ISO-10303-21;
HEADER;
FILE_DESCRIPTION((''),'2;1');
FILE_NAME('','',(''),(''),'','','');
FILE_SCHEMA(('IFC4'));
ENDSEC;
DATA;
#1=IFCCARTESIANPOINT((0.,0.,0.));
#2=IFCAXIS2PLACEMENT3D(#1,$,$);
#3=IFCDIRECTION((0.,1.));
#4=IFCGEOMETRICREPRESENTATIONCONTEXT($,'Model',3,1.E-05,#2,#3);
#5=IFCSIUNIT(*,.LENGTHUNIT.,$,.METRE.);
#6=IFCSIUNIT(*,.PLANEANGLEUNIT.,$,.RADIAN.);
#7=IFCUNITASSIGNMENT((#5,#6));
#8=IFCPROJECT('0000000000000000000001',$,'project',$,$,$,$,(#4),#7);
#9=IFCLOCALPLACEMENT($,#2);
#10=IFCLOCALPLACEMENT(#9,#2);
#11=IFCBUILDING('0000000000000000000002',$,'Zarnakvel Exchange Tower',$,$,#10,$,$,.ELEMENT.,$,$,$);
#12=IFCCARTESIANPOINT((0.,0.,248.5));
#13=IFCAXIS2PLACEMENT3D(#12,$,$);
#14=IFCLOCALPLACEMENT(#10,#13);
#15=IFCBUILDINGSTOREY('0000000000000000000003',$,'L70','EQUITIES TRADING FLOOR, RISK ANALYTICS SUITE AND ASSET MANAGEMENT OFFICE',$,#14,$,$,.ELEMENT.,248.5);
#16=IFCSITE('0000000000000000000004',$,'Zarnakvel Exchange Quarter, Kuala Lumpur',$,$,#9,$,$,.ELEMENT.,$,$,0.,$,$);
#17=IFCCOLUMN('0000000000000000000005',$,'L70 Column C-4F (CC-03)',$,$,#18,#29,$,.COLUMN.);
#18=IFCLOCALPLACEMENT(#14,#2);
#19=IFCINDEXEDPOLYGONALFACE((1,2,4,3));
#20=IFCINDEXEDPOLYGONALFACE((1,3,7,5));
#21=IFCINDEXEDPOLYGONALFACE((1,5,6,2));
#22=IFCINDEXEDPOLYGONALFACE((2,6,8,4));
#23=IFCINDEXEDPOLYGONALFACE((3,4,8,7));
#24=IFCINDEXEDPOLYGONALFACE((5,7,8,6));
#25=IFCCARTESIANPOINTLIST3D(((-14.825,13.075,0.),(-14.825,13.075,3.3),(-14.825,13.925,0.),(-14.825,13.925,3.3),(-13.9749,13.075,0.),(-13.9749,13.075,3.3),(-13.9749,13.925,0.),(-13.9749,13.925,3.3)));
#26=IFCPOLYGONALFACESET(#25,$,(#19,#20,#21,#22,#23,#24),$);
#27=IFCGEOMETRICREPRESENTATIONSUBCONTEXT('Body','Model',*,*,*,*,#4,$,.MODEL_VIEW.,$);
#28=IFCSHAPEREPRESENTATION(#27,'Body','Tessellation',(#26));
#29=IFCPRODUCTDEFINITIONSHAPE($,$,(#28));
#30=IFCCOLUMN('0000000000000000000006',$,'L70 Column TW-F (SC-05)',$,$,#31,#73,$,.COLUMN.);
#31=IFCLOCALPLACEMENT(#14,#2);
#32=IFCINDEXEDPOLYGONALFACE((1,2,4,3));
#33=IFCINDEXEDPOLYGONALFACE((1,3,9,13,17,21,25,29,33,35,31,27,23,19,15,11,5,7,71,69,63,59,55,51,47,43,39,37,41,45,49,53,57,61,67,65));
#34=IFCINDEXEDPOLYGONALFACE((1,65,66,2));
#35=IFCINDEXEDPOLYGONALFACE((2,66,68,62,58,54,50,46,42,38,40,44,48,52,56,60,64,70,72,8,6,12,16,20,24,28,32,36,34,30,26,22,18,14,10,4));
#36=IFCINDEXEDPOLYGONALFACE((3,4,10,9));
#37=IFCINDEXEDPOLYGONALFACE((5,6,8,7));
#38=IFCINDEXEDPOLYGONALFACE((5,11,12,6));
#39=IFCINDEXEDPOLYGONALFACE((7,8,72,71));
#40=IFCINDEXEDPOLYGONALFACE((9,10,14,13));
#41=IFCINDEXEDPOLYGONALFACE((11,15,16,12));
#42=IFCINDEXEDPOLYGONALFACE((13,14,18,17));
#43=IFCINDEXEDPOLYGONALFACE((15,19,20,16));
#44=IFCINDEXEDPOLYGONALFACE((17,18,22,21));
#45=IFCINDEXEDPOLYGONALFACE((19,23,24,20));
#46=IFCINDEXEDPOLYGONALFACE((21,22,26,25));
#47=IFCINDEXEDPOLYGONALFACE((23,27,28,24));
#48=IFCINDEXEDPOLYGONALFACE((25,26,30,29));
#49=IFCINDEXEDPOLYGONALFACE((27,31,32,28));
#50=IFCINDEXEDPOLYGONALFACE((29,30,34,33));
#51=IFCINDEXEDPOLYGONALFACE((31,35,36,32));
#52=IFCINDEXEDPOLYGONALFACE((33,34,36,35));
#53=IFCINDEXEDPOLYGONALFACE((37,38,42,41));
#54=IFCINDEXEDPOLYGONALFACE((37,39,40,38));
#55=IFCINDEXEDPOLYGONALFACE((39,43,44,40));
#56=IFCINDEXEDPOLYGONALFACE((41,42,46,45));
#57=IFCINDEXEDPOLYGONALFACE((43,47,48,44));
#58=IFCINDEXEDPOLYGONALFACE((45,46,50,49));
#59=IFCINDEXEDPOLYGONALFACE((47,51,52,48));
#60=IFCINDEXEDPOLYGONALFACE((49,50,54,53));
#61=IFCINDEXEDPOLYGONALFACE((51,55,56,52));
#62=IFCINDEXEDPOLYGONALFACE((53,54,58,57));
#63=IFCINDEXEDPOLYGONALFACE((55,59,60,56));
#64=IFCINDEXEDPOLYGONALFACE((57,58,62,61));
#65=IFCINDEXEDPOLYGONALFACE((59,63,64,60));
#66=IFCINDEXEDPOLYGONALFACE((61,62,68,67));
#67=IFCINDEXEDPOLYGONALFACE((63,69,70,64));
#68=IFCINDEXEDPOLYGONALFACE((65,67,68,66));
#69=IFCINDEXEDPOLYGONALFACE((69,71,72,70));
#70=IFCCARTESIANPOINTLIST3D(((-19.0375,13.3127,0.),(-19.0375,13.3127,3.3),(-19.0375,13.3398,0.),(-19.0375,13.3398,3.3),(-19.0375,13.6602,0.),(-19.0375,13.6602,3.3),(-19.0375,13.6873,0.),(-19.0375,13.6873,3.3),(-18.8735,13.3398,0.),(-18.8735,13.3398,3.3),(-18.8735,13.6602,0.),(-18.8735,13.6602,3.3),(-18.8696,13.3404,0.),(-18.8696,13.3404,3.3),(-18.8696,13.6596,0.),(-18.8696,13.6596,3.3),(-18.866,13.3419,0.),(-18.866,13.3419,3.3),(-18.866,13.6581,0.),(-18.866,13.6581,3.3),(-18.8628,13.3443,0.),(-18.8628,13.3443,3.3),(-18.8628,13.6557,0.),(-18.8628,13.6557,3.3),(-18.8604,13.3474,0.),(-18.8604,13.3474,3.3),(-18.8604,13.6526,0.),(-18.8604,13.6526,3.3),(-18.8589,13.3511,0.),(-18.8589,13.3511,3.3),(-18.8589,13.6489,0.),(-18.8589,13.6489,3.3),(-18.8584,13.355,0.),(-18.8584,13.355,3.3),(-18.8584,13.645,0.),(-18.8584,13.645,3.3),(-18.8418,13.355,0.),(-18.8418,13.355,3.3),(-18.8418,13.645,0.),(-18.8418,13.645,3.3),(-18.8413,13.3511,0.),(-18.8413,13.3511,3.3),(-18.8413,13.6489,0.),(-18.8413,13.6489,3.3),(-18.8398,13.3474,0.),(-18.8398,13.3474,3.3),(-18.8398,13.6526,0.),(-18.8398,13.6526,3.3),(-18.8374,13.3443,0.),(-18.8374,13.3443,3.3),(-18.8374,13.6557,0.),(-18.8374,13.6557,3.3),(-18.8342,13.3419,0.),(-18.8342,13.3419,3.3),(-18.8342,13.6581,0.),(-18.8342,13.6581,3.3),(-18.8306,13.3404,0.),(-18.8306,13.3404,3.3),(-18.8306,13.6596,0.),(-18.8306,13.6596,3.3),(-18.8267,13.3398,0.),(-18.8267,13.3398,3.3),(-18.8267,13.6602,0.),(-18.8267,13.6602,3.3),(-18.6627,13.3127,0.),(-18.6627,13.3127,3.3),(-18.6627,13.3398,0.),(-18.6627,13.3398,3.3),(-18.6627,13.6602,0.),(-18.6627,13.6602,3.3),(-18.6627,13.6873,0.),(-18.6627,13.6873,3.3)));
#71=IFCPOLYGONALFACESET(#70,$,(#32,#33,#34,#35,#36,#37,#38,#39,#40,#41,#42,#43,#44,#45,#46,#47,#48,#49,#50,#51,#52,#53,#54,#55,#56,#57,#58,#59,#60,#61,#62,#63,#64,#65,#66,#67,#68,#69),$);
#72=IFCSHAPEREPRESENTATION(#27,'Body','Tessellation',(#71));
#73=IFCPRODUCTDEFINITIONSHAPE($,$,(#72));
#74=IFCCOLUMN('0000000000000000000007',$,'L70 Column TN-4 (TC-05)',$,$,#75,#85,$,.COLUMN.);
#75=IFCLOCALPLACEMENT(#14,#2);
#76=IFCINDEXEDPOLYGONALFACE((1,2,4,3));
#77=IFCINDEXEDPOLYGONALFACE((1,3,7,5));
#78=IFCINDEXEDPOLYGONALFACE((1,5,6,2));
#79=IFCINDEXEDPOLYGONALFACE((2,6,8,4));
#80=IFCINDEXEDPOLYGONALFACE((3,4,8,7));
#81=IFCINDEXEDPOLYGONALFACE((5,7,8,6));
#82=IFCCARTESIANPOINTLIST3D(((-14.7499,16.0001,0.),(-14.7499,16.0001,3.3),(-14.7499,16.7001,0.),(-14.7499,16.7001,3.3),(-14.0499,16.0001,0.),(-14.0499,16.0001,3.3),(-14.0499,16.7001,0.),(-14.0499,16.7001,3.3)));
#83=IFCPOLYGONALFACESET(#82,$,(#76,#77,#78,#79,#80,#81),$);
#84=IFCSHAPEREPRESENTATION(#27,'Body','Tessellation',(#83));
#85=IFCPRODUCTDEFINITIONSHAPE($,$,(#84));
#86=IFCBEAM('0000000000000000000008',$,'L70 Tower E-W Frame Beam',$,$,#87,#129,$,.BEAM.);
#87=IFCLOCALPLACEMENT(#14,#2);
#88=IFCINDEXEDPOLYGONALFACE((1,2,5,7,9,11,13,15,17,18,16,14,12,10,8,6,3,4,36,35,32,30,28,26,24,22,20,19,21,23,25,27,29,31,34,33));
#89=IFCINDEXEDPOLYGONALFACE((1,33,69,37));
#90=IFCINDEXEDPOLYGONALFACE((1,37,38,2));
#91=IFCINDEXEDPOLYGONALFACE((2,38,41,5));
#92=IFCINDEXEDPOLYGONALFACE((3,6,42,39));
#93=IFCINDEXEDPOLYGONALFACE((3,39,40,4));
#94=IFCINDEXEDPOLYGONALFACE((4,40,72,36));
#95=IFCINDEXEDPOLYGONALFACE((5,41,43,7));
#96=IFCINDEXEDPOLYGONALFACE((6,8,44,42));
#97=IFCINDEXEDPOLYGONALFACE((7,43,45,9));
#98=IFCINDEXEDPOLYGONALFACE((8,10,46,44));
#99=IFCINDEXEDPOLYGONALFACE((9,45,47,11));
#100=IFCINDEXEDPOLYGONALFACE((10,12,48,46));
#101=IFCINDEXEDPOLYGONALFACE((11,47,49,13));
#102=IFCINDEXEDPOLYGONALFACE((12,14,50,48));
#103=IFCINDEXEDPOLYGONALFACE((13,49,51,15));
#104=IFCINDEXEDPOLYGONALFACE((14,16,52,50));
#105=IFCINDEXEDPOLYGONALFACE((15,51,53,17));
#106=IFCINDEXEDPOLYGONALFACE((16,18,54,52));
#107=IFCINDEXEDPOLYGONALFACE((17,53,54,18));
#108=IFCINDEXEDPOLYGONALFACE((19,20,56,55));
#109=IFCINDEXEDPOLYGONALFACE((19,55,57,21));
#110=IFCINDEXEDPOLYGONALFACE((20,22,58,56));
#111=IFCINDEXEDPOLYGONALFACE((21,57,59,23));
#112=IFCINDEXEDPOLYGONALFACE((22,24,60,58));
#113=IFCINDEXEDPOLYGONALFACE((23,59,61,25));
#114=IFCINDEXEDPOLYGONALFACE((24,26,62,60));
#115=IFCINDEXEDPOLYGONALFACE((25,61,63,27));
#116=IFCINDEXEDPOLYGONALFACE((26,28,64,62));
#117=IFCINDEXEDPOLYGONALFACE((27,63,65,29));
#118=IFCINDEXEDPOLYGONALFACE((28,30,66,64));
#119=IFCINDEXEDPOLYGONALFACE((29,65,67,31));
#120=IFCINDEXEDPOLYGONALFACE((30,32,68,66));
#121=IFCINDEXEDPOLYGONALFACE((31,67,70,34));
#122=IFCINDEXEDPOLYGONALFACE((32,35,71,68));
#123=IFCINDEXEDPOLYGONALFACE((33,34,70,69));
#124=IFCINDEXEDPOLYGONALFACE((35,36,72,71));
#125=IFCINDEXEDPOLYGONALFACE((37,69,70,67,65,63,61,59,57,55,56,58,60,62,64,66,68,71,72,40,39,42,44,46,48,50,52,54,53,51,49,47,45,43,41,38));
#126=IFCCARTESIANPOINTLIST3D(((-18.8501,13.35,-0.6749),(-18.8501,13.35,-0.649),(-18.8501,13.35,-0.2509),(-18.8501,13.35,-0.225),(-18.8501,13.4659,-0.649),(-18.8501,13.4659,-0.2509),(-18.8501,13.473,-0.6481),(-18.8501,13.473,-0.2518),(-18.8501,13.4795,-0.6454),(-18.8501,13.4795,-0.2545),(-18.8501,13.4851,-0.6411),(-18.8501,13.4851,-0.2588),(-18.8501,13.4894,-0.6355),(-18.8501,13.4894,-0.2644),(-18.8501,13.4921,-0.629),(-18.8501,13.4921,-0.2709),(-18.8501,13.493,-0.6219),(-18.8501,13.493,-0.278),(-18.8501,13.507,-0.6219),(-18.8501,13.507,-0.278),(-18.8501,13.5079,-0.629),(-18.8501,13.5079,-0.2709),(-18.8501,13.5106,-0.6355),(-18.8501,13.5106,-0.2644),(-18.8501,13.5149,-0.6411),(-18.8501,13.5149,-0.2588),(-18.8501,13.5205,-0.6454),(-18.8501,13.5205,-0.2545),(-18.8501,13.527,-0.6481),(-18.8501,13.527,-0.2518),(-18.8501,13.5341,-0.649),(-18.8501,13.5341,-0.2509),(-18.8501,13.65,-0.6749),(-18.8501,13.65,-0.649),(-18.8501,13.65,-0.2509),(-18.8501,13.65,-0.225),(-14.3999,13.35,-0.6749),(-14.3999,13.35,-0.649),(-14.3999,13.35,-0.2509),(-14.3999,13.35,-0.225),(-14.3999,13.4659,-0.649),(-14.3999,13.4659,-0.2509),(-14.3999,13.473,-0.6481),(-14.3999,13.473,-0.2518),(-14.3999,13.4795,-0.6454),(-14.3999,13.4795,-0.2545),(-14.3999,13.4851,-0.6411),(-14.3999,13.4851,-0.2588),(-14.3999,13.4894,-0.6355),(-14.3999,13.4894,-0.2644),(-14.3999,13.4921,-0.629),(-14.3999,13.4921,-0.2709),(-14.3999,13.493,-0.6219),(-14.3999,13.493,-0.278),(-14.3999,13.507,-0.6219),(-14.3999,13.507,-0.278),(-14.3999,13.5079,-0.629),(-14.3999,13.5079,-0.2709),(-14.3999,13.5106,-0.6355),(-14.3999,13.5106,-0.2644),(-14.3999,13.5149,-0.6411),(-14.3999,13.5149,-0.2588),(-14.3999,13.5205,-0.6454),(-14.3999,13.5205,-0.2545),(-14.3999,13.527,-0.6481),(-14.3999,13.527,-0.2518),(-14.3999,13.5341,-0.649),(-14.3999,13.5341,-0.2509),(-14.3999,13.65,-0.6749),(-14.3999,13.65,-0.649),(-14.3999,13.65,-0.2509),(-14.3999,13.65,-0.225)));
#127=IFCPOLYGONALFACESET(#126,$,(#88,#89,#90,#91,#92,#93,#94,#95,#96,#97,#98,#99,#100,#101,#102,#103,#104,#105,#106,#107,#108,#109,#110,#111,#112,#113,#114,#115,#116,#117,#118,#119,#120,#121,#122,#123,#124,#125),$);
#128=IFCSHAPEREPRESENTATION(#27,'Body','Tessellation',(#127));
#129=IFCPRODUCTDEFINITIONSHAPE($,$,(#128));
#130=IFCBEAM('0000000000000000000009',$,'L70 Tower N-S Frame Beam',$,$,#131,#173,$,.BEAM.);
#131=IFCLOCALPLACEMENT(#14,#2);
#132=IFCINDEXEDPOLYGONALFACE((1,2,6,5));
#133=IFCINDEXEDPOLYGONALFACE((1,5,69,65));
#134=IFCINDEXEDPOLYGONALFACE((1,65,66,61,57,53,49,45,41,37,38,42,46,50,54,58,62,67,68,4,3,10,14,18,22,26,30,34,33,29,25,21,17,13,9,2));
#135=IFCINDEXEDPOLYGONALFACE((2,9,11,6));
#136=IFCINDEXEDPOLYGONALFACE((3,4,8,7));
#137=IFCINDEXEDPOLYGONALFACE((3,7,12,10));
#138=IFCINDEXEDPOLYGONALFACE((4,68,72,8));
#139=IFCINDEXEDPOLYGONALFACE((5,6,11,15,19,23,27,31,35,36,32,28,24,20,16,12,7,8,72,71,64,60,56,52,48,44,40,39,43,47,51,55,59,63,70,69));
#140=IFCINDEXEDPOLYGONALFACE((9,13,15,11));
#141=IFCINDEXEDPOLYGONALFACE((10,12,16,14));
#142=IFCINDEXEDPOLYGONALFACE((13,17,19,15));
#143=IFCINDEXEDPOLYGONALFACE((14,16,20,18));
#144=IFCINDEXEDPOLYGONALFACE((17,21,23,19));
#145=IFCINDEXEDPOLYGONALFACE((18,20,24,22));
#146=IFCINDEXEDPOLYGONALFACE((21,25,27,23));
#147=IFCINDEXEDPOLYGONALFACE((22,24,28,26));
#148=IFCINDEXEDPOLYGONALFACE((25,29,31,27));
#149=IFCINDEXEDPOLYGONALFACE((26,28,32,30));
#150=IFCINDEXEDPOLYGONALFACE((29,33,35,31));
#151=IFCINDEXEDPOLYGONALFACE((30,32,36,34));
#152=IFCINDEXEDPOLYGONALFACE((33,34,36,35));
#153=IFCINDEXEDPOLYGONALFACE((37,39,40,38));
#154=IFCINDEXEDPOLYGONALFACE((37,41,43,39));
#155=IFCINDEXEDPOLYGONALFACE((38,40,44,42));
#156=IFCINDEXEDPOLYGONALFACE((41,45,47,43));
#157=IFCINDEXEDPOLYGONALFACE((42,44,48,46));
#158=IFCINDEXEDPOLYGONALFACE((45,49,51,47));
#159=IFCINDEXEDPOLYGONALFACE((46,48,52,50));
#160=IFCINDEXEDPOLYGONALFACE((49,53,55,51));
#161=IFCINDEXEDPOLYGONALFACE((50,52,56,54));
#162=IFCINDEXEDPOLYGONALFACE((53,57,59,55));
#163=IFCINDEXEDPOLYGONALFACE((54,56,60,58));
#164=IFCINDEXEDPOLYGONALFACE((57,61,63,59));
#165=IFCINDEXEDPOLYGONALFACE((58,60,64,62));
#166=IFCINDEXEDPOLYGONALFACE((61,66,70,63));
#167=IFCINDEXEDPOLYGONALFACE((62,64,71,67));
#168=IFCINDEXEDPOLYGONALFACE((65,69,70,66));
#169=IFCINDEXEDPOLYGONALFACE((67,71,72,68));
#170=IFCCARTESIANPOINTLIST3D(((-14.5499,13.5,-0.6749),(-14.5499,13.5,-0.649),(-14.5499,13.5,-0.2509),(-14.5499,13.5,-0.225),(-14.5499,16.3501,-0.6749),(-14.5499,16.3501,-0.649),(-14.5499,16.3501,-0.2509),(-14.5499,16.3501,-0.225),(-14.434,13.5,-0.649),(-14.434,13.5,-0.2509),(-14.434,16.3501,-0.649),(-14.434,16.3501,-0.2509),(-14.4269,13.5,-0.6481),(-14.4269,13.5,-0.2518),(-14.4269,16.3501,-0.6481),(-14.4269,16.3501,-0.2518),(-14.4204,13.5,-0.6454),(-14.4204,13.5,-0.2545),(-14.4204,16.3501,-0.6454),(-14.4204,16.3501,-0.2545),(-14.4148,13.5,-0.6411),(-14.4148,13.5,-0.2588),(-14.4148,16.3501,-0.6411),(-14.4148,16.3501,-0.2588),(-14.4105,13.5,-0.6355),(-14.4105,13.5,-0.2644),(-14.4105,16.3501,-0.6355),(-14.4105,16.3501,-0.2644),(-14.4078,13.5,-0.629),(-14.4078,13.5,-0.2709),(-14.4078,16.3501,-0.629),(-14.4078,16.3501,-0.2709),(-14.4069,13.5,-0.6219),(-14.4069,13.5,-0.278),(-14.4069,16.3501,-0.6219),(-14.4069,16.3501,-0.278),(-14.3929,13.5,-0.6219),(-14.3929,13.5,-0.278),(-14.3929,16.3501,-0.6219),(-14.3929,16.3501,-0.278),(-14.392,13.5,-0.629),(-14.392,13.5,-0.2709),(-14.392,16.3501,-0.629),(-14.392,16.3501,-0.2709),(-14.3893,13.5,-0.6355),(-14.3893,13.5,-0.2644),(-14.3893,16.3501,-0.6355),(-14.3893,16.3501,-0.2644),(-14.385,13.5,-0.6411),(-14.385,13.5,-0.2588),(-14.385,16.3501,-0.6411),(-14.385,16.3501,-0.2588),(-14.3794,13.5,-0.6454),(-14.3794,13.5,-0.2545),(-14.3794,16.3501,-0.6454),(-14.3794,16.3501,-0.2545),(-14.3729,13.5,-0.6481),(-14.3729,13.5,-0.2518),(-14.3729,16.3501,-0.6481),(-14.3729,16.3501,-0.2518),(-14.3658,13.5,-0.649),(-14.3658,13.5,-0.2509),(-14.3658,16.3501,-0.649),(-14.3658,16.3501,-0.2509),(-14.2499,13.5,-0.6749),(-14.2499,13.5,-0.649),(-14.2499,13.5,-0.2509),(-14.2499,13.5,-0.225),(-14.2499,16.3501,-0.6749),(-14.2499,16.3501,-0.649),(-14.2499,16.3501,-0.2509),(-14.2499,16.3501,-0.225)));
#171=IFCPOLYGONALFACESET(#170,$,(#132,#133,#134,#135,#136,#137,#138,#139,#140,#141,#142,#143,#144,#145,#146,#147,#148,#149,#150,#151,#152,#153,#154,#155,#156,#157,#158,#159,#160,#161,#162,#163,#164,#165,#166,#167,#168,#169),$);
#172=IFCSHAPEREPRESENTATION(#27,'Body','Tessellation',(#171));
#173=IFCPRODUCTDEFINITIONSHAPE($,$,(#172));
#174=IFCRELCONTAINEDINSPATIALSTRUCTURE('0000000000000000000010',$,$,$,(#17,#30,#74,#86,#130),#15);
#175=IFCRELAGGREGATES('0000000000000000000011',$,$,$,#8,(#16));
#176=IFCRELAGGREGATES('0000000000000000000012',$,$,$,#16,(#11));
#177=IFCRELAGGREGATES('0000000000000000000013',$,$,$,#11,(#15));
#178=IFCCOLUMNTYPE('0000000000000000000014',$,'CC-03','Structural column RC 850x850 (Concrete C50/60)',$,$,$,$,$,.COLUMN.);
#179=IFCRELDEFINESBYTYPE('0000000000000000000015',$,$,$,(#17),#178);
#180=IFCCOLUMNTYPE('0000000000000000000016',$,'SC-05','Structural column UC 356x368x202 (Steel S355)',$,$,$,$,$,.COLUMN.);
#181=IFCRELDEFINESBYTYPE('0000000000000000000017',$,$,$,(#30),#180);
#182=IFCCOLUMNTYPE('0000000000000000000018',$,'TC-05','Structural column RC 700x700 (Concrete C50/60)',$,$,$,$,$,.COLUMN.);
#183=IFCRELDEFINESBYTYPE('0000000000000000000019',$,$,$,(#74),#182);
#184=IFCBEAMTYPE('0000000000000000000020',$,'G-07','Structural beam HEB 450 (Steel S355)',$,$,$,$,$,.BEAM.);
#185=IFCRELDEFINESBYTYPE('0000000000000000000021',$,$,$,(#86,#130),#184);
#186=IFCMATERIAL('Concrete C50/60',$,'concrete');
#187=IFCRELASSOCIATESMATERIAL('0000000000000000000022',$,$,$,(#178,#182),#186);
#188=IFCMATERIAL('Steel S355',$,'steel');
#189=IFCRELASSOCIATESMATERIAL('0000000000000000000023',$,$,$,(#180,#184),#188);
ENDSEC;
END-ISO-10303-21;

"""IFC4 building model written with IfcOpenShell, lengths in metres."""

from ifc_helpers import new_model, si_unit, direction, frame, origin, origin_2d, place, context, subcontext, project, spatial, rectangle, i_section, extrude, material, material_profile, profile_set, type_object, element, save


model = new_model("IFC4")

# Units and contexts
model_context = context("Model", 3, precision=1e-05, world=origin(), true_north=direction((0.0, 1.0)))
body_context = subcontext(model_context, "Body", "Model", "MODEL_VIEW")
ifc_project = project(units=[si_unit("LENGTHUNIT", "METRE"), si_unit("PLANEANGLEUNIT", "RADIAN")], contexts=[model_context])

# Site, building, storey
site_placement = place(None, origin())
site = spatial("IfcSite", under=ifc_project, at=site_placement, Name="Zarnakvel Exchange Quarter, Kuala Lumpur", CompositionType="ELEMENT", RefElevation=0.0)
building_placement = place(site_placement, origin())
building = spatial("IfcBuilding", under=site, at=building_placement, Name="Zarnakvel Exchange Tower", CompositionType="ELEMENT")
storey_placement = place(building_placement, frame((0.0, 0.0, 248.5)))
storey = spatial("IfcBuildingStorey", under=building, at=storey_placement, Name="L70", Description="EQUITIES TRADING FLOOR, RISK ANALYTICS SUITE AND ASSET MANAGEMENT OFFICE", CompositionType="ELEMENT", Elevation=248.5)

# Columns
ifc_material_1 = material(Name="Concrete C50/60", Category="concrete")
ifc_material_profile_1 = material_profile(ifc_material_1, rectangle(XDim=0.8501, YDim=0.8501, at=origin_2d()))
ifc_profile_set_1 = profile_set([ifc_material_profile_1], Name="Concrete C50/60")
column_type_1 = type_object("IfcColumnType", Name="CC-03", Description="Structural column RC 850x850 (Concrete C50/60)", PredefinedType="COLUMN", material=ifc_profile_set_1)
column_1_placement = place(storey_placement, frame((-14.3999, 13.5, 0.0), z_axis=(0.0, 0.0, 1.0), x_axis=(1.0, 0.0, 0.0)))
element("IfcColumn", 1, at=column_1_placement, inside=storey, type_object=column_type_1, Name="L70 Column C-4F (CC-03)", PredefinedType="COLUMN", context=body_context, shape_type="SweptSolid", body=[
    extrude(rectangle(XDim=0.8501, YDim=0.8501, at=origin_2d()), origin(), (0.0, 0.0, 1.0), 3.3),
])
ifc_material_2 = material(Name="Steel S355", Category="steel")
ifc_material_profile_2 = material_profile(ifc_material_2, i_section(OverallWidth=0.3748, OverallDepth=0.3745, WebThickness=0.0166, FlangeThickness=0.0271, FilletRadius=0.0151, at=origin_2d()))
ifc_profile_set_2 = profile_set([ifc_material_profile_2], Name="Steel S355")
column_type_2 = type_object("IfcColumnType", Name="SC-05", Description="Structural column UC 356x368x202 (Steel S355)", PredefinedType="COLUMN", material=ifc_profile_set_2)
column_2_placement = place(storey_placement, frame((-18.8501, 13.5, 0.0), z_axis=(0.0, 0.0, 1.0), x_axis=(1.0, 0.0, 0.0)))
element("IfcColumn", 2, at=column_2_placement, inside=storey, type_object=column_type_2, Name="L70 Column TW-F (SC-05)", PredefinedType="COLUMN", context=body_context, shape_type="SweptSolid", body=[
    extrude(i_section(OverallWidth=0.3748, OverallDepth=0.3745, WebThickness=0.0166, FlangeThickness=0.0271, FilletRadius=0.0151, at=origin_2d()), origin(), (0.0, 0.0, 1.0), 3.3),
])
ifc_material_profile_3 = material_profile(ifc_material_1, rectangle(XDim=0.7, YDim=0.7, at=origin_2d()))
ifc_profile_set_3 = profile_set([ifc_material_profile_3], Name="Concrete C50/60")
column_type_3 = type_object("IfcColumnType", Name="TC-05", Description="Structural column RC 700x700 (Concrete C50/60)", PredefinedType="COLUMN", material=ifc_profile_set_3)
column_3_placement = place(storey_placement, frame((-14.3999, 16.3501, 0.0), z_axis=(0.0, 0.0, 1.0), x_axis=(1.0, 0.0, 0.0)))
element("IfcColumn", 3, at=column_3_placement, inside=storey, type_object=column_type_3, Name="L70 Column TN-4 (TC-05)", PredefinedType="COLUMN", context=body_context, shape_type="SweptSolid", body=[
    extrude(rectangle(XDim=0.7, YDim=0.7, at=origin_2d()), origin(), (0.0, 0.0, 1.0), 3.3),
])

# Beams
ifc_material_profile_4 = material_profile(ifc_material_2, i_section(OverallWidth=0.3, OverallDepth=0.45, WebThickness=0.0139, FlangeThickness=0.0259, FilletRadius=0.0271, at=origin_2d()))
ifc_profile_set_4 = profile_set([ifc_material_profile_4], Name="Steel S355")
beam_type_1 = type_object("IfcBeamType", Name="G-07", Description="Structural beam HEB 450 (Steel S355)", PredefinedType="BEAM", material=ifc_profile_set_4)
beam_1_placement = place(storey_placement, frame((-18.8501, 13.5, -0.45), z_axis=(1.0, 0.0, 0.0), x_axis=(0.0, 1.0, 0.0)))
element("IfcBeam", 4, at=beam_1_placement, inside=storey, type_object=beam_type_1, Name="L70 Tower E-W Frame Beam", PredefinedType="BEAM", context=body_context, shape_type="SweptSolid", body=[
    extrude(i_section(OverallWidth=0.3, OverallDepth=0.45, WebThickness=0.0139, FlangeThickness=0.0259, FilletRadius=0.0271, at=origin_2d()), origin(), (0.0, 0.0, 1.0), 4.4502),
])
beam_2_placement = place(storey_placement, frame((-14.3999, 13.5, -0.45), z_axis=(0.0, 1.0, 0.0), x_axis=(-1.0, 0.0, 0.0)))
element("IfcBeam", 5, at=beam_2_placement, inside=storey, type_object=beam_type_1, Name="L70 Tower N-S Frame Beam", PredefinedType="BEAM", context=body_context, shape_type="SweptSolid", body=[
    extrude(i_section(OverallWidth=0.3, OverallDepth=0.45, WebThickness=0.0139, FlangeThickness=0.0259, FilletRadius=0.0271, at=origin_2d()), origin(), (0.0, 0.0, 1.0), 2.8501),
])

save(model, "model.ifc")
